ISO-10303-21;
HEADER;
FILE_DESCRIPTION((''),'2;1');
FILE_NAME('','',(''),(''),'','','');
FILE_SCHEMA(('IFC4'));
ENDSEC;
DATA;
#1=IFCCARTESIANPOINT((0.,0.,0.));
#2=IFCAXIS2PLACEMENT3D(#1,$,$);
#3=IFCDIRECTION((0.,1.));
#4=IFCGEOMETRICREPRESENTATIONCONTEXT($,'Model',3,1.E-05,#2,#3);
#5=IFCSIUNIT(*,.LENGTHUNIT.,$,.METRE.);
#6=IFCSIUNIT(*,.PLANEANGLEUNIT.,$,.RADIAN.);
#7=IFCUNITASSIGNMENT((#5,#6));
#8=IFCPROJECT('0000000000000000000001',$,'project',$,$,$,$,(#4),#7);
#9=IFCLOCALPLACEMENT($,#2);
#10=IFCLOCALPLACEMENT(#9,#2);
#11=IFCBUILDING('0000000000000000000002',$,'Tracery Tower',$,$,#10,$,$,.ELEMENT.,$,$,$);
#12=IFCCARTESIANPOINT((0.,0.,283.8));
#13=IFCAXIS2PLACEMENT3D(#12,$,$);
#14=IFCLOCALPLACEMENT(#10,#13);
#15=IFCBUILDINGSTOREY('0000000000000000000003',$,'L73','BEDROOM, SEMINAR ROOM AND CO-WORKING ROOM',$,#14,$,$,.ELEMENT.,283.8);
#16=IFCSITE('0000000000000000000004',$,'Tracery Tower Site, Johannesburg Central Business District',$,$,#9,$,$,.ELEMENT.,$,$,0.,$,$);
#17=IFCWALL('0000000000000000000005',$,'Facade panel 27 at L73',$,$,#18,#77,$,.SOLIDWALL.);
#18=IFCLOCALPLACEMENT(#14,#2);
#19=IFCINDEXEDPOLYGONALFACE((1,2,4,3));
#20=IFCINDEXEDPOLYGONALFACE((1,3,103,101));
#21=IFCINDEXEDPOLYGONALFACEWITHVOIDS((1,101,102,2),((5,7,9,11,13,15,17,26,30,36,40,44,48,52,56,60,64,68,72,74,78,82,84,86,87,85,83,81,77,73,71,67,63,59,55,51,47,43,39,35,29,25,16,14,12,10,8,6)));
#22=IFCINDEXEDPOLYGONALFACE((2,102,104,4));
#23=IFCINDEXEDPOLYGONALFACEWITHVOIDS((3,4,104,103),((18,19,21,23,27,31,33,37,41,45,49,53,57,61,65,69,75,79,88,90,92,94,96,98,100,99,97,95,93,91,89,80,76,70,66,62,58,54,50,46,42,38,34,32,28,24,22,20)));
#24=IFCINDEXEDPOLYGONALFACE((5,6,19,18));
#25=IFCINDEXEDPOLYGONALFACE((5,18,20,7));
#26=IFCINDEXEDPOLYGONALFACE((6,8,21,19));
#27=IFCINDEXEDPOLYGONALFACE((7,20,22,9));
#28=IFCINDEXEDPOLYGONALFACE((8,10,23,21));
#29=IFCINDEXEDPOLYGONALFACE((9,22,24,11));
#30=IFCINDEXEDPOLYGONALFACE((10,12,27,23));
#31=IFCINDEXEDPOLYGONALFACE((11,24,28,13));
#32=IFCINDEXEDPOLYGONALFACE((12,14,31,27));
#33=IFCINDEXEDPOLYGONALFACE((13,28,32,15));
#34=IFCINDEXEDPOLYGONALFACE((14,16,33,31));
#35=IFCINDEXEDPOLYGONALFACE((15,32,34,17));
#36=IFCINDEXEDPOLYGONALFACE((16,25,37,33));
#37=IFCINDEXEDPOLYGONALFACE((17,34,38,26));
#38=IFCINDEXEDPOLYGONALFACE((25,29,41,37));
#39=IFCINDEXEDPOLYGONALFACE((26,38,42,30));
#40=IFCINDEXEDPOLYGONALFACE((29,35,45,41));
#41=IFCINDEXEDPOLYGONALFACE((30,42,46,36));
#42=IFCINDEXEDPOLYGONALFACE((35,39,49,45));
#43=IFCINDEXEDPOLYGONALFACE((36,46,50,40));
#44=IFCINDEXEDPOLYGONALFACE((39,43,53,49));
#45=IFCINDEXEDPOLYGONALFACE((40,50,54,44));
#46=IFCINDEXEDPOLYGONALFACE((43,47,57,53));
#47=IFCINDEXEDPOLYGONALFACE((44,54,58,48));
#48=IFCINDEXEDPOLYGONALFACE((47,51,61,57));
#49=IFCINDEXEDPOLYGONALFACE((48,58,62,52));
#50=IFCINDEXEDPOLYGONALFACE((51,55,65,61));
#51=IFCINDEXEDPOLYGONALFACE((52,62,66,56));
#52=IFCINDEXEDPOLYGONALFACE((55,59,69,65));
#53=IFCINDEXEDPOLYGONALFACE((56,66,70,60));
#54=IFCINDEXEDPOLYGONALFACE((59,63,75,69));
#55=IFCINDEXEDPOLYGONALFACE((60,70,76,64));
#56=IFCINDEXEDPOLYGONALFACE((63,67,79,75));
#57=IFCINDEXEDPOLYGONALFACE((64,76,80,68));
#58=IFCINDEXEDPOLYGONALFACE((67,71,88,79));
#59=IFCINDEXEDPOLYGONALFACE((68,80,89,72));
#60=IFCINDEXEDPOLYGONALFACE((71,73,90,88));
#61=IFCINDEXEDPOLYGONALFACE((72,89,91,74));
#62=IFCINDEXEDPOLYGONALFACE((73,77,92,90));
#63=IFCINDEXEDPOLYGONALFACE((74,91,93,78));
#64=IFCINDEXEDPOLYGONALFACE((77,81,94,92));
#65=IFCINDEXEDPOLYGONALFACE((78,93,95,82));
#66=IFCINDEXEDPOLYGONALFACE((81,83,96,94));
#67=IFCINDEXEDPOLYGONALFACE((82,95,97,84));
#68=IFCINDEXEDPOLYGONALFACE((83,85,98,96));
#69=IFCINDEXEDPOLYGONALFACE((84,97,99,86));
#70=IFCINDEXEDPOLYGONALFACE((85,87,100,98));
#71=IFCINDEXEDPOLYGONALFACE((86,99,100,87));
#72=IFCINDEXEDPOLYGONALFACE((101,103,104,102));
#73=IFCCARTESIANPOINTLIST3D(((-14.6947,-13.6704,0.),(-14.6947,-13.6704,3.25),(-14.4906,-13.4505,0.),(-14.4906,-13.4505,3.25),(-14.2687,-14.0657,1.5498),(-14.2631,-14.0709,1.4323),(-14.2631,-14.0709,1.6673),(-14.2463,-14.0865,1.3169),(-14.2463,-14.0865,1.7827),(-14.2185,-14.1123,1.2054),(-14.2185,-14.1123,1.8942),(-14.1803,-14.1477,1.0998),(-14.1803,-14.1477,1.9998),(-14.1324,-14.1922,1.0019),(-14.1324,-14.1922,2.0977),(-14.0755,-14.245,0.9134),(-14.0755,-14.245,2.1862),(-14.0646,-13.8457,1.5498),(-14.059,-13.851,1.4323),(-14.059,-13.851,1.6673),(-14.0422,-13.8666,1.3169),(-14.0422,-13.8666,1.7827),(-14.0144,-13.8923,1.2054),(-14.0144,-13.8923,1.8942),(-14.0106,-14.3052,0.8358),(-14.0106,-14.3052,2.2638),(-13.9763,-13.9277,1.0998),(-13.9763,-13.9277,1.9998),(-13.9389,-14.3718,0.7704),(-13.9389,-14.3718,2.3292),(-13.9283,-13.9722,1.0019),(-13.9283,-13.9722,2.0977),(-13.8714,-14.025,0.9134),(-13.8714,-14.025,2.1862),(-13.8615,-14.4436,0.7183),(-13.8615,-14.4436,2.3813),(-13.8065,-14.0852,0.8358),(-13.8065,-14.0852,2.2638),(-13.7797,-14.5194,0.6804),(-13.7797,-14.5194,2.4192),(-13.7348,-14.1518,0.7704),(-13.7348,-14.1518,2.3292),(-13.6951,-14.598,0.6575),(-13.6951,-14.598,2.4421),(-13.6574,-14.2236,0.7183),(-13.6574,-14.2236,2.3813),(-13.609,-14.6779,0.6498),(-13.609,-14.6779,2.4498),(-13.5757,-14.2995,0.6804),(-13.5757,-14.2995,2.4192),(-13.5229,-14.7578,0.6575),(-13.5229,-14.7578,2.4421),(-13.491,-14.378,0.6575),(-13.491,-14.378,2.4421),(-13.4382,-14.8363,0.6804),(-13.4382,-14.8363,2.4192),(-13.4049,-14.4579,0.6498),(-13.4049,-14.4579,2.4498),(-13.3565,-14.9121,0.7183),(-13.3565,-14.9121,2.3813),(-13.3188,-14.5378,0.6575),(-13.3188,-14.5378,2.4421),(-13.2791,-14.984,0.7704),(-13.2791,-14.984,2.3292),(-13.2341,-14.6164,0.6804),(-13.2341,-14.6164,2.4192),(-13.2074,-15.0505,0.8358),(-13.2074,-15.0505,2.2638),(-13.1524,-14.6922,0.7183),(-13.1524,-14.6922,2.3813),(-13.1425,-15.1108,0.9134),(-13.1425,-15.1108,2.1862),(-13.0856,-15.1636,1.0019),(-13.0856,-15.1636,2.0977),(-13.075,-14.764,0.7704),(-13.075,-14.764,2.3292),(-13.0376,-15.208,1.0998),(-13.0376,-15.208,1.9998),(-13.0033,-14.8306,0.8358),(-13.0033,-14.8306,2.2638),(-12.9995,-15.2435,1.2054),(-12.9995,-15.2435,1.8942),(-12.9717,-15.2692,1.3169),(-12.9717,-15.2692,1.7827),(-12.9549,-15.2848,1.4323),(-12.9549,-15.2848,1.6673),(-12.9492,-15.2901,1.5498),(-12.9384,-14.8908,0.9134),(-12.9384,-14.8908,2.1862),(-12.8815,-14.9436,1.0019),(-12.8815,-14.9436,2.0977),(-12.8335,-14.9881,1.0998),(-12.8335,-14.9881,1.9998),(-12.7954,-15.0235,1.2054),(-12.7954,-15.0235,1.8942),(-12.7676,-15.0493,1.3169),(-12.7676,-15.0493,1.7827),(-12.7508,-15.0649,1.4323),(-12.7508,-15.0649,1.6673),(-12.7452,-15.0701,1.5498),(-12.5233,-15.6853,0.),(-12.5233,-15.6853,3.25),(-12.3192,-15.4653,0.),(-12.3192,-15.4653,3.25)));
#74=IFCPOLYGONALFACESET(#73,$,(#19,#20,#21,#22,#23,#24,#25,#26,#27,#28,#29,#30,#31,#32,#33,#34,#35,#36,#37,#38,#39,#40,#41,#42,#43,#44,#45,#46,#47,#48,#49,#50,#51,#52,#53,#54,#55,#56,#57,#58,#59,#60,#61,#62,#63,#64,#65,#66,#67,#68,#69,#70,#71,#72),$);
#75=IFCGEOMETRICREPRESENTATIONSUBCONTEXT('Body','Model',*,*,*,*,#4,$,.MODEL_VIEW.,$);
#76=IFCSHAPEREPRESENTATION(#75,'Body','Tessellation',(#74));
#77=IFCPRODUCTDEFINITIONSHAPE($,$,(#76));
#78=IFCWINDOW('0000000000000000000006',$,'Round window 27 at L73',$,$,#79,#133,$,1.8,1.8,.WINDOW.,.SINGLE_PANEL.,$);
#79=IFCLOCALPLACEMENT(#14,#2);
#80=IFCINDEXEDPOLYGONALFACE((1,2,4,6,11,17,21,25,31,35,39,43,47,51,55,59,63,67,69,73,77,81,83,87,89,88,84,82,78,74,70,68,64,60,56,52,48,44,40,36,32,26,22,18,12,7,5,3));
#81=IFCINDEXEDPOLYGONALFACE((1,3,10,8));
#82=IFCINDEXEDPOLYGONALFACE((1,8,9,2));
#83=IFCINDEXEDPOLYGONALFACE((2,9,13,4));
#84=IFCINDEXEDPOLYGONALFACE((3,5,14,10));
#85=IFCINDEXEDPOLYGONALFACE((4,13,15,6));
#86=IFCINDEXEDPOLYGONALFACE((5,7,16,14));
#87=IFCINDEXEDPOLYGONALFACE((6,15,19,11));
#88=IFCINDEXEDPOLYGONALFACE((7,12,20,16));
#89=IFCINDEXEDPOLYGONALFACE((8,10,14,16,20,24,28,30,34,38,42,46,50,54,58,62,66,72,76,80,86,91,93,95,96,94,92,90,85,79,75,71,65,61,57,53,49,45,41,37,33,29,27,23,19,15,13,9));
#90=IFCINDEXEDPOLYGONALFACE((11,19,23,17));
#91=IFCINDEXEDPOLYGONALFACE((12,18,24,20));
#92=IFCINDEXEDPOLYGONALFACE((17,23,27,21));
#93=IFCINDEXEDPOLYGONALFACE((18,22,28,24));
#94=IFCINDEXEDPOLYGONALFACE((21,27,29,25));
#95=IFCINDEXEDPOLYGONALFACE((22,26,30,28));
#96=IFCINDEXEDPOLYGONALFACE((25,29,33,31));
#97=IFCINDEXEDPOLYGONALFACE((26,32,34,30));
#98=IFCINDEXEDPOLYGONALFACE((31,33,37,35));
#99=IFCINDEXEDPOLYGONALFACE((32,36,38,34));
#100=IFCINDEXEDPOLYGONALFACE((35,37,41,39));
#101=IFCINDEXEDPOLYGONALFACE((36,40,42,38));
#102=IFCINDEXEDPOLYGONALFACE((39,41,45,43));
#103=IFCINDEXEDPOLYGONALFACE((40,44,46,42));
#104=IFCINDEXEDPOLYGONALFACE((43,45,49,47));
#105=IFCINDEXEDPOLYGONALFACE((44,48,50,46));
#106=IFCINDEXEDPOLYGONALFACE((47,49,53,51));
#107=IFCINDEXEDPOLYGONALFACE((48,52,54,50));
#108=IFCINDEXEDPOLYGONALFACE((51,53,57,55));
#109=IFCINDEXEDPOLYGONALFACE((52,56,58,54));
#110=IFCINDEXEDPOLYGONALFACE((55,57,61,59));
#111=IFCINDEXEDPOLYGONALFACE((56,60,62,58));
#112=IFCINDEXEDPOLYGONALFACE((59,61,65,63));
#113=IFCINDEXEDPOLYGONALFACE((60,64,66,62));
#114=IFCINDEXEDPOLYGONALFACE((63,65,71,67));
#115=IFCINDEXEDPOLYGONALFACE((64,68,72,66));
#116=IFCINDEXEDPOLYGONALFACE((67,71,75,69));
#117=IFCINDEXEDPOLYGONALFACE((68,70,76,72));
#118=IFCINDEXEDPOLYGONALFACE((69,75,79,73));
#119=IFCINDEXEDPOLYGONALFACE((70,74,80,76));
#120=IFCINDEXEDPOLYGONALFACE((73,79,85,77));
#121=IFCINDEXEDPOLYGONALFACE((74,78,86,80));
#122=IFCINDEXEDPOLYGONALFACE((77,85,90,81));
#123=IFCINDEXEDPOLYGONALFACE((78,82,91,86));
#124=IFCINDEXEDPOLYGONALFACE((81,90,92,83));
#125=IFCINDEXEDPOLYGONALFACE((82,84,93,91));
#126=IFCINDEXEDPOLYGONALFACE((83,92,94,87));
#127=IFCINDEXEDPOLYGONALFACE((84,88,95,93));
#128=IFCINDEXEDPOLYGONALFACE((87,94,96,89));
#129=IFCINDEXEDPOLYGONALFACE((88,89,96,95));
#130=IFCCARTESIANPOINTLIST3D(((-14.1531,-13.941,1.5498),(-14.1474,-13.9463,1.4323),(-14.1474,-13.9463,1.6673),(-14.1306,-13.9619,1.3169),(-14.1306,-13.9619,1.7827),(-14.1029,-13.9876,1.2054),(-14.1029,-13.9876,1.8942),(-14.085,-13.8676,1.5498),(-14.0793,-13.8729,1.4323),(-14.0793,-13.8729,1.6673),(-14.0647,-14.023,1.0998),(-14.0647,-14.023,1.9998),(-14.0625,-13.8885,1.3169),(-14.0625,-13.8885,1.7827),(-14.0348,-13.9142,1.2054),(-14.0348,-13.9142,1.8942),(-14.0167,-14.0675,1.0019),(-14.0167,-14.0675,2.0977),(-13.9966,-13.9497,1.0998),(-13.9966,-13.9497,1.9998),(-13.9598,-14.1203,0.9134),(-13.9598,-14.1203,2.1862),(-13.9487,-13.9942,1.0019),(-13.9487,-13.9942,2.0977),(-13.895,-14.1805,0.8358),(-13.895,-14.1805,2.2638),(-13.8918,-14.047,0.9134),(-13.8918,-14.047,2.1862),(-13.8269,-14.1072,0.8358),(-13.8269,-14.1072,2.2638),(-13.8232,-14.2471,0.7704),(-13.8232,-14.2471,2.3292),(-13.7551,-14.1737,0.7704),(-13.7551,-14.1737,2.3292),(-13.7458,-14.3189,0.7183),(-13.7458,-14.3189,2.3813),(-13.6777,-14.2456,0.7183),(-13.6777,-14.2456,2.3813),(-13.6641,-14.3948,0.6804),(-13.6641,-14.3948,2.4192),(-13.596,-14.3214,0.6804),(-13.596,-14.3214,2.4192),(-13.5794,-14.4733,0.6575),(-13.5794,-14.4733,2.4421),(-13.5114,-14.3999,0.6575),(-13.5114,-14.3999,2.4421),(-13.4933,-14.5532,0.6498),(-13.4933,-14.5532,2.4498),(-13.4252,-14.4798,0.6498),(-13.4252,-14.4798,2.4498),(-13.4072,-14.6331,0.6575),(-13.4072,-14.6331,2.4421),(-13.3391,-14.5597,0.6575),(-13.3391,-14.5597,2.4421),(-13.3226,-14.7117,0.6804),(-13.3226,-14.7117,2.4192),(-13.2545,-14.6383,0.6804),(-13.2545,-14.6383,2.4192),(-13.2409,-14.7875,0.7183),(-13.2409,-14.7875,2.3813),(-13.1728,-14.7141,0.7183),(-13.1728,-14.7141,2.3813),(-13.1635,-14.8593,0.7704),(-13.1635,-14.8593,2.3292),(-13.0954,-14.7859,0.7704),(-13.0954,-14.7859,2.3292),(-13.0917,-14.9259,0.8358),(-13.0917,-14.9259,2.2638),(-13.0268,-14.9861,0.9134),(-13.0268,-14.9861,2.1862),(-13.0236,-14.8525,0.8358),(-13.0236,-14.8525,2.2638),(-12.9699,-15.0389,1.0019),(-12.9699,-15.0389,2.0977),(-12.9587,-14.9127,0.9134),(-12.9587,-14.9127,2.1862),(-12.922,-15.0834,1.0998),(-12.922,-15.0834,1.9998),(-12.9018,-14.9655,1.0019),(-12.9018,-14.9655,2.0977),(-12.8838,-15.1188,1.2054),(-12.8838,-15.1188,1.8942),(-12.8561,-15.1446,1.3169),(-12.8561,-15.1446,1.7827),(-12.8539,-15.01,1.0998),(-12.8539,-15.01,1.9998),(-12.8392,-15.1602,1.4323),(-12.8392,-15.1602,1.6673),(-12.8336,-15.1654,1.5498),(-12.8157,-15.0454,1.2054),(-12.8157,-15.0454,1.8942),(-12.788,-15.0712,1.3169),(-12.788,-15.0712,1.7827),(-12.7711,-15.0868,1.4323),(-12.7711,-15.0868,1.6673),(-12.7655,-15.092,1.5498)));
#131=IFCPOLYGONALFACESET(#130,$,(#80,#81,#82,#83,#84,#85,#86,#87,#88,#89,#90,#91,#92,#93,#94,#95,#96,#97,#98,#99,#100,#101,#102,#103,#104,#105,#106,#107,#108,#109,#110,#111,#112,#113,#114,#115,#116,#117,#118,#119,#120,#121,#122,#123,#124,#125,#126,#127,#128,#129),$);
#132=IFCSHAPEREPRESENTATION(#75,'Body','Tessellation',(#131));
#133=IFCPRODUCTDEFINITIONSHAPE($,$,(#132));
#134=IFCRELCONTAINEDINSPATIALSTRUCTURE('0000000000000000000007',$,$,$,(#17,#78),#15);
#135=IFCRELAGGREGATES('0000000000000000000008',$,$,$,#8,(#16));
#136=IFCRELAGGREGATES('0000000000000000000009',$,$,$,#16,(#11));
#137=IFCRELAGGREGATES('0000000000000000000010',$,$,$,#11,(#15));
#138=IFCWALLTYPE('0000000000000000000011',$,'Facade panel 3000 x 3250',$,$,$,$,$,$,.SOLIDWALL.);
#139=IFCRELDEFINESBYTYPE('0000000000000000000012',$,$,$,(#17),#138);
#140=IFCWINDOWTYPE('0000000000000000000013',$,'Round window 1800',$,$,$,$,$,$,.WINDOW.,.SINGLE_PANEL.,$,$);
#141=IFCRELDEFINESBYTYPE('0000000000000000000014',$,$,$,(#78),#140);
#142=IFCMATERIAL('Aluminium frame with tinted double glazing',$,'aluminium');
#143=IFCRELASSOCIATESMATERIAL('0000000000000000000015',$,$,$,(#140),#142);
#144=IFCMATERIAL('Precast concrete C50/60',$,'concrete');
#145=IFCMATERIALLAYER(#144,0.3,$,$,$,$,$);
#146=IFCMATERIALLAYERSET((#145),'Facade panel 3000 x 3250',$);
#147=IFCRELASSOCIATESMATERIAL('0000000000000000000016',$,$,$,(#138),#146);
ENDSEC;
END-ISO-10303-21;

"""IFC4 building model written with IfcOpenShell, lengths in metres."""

from ifc_helpers import new_model, si_unit, direction, frame, frame_2d, origin, origin_2d, place, context, subcontext, project, spatial, rectangle, circle, extrude, material, layer, layer_set, type_object, element, fill, save


model = new_model("IFC4")

# Units and contexts
model_context = context("Model", 3, precision=1e-05, world=origin(), true_north=direction((0.0, 1.0)))
body_context = subcontext(model_context, "Body", "Model", "MODEL_VIEW")
ifc_project = project(units=[si_unit("LENGTHUNIT", "METRE"), si_unit("PLANEANGLEUNIT", "RADIAN")], contexts=[model_context])

# Site, building, storey
site_placement = place(None, origin())
site = spatial("IfcSite", under=ifc_project, at=site_placement, Name="Tracery Tower Site, Johannesburg Central Business District", CompositionType="ELEMENT", RefElevation=0.0)
building_placement = place(site_placement, origin())
building = spatial("IfcBuilding", under=site, at=building_placement, Name="Tracery Tower", CompositionType="ELEMENT")
storey_placement = place(building_placement, frame((0.0, 0.0, 283.8)))
storey = spatial("IfcBuildingStorey", under=building, at=storey_placement, Name="L73", Description="BEDROOM, SEMINAR ROOM AND CO-WORKING ROOM", CompositionType="ELEMENT", Elevation=283.8)

# Wall, opening, window
ifc_material_1 = material(Name="Aluminium frame with tinted double glazing", Category="aluminium")
window_type = type_object("IfcWindowType", Name="Round window 1800", PartitioningType="SINGLE_PANEL", PredefinedType="WINDOW", material=ifc_material_1)
ifc_material_2 = material(Name="Precast concrete C50/60", Category="concrete")
ifc_layer_1 = layer(ifc_material_2, 0.3)
ifc_layer_set_1 = layer_set([ifc_layer_1], Name="Facade panel 3000 x 3250")
wall_type_1 = type_object("IfcWallType", Name="Facade panel 3000 x 3250", PredefinedType="SOLIDWALL", material=ifc_layer_set_1)
wall_1_placement = place(storey_placement, frame((-14.5925, -13.5605, 0.0), z_axis=(0.0, 0.0, 1.0), x_axis=(0.733028, -0.680198, 0.0)))
wall_1 = element("IfcWall", 1, at=wall_1_placement, inside=storey, type_object=wall_type_1, Name="Facade panel 27 at L73", PredefinedType="SOLIDWALL", context=body_context, shape_type="SweptSolid", body=[
    extrude(rectangle(XDim=2.9622, YDim=0.3, at=frame_2d((1.481, 0.0))), origin(), (0.0, 0.0, 1.0), 3.25),
])
opening_1_placement = place(wall_1_placement, frame((1.481, 0.0, 1.5498)))
opening_1 = element("IfcOpeningElement", 2, at=opening_1_placement, cuts=wall_1, PredefinedType="OPENING", context=body_context, shape_type="SweptSolid", body=[
    extrude(circle(Radius=0.9, at=origin_2d()), frame((0.0, 0.1599, 0.0), z_axis=(0.0, -1.0, 0.0), x_axis=(1.0, 0.0, 0.0)), (0.0, 0.0, 1.0), 0.3201),
])
window_1_placement = place(opening_1_placement, origin())
window_1 = element("IfcWindow", 3, at=window_1_placement, inside=storey, type_object=window_type, Name="Round window 27 at L73", OverallHeight=1.8, OverallWidth=1.8, PartitioningType="SINGLE_PANEL", PredefinedType="WINDOW", context=body_context, shape_type="SweptSolid", body=[
    extrude(circle(Radius=0.9, at=origin_2d()), frame((0.0, 0.1201, 0.0), z_axis=(0.0, -1.0, 0.0), x_axis=(1.0, 0.0, 0.0)), (0.0, 0.0, 1.0), 0.1001),
])
fill(opening_1, window_1)

save(model, "model.ifc")
